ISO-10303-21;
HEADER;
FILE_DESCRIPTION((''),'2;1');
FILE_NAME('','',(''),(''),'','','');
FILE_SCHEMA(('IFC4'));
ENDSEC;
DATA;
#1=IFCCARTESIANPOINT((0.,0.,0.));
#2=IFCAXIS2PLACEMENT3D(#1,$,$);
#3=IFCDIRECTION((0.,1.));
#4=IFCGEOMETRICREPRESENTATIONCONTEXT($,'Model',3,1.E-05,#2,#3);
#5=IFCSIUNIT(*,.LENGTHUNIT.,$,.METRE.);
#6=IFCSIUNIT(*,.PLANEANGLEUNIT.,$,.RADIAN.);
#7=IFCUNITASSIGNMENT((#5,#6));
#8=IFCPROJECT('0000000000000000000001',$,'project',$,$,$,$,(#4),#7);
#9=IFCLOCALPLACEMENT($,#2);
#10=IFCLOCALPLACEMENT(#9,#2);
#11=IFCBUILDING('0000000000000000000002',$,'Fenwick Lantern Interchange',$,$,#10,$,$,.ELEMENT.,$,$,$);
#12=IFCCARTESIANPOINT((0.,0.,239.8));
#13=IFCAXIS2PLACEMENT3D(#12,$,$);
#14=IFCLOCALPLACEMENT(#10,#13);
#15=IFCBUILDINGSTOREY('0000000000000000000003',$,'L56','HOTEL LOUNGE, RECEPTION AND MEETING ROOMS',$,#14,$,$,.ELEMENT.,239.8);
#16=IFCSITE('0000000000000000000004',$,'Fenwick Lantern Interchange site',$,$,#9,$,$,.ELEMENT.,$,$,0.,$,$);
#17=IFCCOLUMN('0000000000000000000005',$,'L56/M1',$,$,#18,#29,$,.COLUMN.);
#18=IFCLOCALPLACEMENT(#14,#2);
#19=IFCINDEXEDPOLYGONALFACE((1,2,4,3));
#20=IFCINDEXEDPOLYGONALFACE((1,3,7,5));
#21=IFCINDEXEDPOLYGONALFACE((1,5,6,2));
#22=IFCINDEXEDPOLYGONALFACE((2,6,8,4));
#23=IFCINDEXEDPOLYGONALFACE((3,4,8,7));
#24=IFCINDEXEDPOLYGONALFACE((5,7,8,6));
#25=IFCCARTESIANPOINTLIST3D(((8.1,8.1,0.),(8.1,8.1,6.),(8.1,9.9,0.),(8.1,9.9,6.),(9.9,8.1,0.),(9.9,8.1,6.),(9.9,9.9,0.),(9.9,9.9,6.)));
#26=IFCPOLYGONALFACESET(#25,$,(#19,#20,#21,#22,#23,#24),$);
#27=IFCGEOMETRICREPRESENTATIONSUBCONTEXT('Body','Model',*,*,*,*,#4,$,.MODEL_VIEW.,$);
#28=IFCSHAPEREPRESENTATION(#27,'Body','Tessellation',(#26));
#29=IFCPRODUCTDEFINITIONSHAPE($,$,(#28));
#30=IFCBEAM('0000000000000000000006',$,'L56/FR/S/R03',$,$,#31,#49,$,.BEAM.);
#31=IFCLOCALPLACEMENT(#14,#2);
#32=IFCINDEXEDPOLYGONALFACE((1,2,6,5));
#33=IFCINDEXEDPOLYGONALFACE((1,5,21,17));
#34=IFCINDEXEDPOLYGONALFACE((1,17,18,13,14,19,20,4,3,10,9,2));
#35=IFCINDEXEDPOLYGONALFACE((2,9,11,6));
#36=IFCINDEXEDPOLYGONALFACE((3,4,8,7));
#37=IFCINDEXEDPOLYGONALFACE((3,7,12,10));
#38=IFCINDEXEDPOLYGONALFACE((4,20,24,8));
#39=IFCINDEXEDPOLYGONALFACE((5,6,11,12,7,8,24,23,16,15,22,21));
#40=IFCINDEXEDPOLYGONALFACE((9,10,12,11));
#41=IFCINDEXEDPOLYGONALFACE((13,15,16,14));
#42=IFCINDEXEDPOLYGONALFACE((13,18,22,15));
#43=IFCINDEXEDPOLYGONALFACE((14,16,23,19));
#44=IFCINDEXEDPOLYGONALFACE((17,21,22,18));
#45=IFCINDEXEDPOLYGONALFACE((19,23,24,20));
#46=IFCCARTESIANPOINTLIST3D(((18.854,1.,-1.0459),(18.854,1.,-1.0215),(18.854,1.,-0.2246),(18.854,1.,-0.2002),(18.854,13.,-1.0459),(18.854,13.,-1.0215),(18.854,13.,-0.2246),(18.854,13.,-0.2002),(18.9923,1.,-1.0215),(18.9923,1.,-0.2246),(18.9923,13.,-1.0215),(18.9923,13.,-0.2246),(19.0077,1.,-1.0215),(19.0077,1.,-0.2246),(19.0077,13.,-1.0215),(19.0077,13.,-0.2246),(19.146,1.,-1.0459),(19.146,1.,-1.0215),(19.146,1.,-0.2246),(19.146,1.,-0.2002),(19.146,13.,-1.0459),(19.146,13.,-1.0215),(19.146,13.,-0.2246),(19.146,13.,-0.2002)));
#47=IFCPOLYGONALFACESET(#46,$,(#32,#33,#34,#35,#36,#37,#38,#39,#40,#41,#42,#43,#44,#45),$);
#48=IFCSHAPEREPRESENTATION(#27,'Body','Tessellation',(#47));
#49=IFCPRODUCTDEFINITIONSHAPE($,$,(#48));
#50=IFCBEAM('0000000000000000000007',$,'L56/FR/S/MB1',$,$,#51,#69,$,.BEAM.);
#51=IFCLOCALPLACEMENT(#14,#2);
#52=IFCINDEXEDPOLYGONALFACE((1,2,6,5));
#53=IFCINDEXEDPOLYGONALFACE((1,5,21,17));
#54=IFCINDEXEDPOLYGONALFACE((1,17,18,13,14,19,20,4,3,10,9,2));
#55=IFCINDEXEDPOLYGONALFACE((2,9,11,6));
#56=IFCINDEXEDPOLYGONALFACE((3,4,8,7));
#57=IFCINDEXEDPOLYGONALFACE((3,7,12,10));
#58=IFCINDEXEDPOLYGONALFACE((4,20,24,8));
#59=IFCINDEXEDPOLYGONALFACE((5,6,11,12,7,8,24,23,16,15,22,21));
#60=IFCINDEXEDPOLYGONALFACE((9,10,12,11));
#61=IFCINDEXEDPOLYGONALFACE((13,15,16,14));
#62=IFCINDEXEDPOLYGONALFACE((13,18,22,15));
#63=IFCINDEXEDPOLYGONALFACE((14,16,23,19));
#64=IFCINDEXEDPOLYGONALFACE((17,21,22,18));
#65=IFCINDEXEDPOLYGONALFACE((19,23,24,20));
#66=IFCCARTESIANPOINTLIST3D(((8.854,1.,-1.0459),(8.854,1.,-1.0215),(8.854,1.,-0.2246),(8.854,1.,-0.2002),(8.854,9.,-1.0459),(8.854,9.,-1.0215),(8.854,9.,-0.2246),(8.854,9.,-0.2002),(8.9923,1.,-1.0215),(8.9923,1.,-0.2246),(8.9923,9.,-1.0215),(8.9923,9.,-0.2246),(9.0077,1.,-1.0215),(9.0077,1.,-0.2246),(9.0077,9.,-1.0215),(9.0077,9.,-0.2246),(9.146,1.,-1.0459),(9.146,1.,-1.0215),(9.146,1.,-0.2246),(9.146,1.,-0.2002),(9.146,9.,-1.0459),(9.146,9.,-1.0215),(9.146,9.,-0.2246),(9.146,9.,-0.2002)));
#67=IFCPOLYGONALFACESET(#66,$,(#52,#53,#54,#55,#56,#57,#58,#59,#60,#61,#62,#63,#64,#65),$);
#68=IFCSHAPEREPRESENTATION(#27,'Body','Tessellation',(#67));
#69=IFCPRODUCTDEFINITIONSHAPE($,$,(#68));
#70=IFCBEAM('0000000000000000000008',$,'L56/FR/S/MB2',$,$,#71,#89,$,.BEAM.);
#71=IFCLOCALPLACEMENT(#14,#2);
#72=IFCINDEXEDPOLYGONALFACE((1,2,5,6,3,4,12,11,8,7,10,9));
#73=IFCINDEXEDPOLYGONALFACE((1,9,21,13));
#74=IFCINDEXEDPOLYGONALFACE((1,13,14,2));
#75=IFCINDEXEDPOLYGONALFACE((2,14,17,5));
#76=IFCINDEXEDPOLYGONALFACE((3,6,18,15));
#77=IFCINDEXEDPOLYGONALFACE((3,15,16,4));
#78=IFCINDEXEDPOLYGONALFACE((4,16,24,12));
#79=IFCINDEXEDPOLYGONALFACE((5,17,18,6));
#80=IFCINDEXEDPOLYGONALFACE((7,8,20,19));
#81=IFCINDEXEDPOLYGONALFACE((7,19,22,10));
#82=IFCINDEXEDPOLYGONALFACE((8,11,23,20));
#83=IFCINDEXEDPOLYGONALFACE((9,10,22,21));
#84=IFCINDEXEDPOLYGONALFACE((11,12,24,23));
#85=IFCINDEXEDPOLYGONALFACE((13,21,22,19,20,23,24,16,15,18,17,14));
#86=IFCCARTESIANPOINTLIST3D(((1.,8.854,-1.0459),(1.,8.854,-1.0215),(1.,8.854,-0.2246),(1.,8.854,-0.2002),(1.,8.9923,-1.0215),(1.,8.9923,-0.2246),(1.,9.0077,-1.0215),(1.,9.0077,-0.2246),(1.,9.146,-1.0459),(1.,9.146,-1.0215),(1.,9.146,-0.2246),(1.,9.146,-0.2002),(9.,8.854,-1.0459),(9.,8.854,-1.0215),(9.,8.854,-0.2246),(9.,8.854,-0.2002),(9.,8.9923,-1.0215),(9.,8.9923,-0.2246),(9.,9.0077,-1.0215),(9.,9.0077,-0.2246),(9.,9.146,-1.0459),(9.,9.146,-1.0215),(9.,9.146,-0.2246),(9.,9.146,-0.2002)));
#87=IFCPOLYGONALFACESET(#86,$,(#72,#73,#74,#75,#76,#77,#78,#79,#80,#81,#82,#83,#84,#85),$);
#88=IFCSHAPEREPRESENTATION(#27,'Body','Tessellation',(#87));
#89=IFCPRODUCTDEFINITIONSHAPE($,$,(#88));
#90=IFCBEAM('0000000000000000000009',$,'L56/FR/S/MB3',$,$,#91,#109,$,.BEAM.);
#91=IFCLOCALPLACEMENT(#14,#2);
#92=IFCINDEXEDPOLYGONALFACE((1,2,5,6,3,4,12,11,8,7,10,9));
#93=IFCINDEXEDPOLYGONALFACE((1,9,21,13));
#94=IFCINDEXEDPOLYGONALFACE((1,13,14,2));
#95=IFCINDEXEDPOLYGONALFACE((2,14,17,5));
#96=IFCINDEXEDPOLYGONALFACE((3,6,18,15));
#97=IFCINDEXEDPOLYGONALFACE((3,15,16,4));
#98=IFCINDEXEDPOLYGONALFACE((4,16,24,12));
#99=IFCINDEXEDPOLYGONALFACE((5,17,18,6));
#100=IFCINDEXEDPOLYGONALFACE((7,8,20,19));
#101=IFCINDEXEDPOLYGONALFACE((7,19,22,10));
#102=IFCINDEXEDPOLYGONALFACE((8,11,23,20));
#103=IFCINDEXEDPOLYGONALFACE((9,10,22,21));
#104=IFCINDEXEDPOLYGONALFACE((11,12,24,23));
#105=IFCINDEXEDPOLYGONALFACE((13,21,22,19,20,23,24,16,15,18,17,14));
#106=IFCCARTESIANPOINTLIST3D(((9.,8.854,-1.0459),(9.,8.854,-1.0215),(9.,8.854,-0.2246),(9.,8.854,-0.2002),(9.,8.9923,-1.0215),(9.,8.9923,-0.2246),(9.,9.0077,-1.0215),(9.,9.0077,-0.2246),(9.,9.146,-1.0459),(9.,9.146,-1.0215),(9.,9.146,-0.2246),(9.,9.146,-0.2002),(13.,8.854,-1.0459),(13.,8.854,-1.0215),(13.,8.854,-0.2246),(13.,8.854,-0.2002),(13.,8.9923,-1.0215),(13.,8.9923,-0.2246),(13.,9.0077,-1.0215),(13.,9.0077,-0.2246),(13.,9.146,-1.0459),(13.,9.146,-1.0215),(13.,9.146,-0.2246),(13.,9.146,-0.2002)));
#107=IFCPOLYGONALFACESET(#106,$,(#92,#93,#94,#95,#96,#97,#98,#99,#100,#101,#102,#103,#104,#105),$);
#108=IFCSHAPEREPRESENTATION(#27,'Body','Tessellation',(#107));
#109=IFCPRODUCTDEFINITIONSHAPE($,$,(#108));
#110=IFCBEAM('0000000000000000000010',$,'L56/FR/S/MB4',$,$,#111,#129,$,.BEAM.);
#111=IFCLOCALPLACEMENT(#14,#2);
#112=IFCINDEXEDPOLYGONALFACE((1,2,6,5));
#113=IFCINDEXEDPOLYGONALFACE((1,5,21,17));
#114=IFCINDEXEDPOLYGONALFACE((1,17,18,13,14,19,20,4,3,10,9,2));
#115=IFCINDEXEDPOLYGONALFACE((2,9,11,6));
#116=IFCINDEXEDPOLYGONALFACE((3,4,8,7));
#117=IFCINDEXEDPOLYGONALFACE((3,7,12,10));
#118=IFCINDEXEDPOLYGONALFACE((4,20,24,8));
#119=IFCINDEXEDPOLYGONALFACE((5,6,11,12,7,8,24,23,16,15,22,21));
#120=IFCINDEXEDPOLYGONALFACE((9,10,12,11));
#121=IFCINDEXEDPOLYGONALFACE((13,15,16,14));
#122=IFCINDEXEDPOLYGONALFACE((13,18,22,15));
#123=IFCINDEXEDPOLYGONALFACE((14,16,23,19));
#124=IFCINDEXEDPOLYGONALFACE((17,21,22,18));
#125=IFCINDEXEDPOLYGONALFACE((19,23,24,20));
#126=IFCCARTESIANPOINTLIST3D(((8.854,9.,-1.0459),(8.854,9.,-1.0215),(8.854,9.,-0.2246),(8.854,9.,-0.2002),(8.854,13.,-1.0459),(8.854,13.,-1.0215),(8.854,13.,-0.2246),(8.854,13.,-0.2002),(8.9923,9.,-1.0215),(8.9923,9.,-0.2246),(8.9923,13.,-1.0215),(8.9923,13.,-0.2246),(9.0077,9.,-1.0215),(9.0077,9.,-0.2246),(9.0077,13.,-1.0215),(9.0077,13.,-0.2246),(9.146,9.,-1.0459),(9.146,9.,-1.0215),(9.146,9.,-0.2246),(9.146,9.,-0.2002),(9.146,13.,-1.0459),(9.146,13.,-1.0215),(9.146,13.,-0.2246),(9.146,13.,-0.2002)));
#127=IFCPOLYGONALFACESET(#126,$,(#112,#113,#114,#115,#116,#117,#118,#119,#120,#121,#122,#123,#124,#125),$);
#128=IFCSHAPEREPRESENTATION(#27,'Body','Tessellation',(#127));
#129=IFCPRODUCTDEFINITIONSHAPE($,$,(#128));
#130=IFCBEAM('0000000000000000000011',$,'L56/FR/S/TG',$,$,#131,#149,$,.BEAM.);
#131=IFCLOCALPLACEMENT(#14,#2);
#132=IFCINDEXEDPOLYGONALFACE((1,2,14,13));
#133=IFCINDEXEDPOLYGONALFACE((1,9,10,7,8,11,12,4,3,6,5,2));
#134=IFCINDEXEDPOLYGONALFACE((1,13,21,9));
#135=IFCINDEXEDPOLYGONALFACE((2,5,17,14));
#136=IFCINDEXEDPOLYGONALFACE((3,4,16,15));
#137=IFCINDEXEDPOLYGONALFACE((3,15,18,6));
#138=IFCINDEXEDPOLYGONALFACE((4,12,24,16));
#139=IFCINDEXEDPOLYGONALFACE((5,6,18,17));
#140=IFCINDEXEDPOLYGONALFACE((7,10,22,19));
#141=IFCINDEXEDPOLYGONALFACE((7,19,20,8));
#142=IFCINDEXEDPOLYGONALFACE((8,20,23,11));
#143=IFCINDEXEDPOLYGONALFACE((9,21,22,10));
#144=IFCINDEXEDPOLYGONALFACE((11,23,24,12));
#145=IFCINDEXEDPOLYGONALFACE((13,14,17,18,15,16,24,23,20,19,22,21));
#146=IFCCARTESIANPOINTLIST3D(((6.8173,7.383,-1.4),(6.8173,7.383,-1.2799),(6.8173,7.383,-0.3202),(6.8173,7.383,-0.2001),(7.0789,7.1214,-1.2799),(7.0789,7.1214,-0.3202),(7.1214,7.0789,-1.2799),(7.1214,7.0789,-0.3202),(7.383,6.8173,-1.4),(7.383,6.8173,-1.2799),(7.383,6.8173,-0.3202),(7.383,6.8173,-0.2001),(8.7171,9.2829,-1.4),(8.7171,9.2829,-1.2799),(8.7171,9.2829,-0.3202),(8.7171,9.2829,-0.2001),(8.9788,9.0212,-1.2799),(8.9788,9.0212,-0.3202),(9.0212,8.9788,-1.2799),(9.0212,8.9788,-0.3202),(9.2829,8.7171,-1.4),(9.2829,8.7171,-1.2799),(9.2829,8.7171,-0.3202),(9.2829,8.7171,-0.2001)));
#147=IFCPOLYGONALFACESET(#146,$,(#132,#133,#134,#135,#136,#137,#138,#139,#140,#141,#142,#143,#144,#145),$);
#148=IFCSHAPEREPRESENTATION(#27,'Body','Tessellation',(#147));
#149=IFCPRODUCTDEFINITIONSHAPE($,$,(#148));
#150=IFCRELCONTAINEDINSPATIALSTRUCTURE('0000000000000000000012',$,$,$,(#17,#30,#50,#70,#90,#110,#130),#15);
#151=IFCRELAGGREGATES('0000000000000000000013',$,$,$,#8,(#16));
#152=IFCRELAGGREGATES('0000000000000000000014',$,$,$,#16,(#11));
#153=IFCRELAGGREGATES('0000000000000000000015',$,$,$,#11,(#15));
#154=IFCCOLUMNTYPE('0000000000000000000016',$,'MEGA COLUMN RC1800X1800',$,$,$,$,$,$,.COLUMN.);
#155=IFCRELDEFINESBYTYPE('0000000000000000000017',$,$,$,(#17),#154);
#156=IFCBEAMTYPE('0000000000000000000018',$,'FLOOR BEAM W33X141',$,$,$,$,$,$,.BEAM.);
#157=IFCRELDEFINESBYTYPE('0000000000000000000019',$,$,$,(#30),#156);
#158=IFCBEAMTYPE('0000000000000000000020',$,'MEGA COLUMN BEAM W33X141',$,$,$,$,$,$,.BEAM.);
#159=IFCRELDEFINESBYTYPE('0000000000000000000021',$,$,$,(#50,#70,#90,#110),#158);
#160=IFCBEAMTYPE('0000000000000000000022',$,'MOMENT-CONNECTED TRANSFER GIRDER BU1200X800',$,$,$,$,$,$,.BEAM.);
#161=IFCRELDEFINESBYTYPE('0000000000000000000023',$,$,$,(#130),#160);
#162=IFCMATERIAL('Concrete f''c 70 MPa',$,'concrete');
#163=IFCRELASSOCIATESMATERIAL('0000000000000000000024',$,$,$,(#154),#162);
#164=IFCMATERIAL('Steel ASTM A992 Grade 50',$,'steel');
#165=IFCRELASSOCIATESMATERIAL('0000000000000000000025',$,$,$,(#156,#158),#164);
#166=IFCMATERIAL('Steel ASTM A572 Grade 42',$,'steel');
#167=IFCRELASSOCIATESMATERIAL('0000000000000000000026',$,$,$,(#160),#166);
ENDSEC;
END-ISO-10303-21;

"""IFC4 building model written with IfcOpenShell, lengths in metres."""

from ifc_helpers import new_model, si_unit, direction, frame, origin, origin_2d, place, context, subcontext, project, spatial, rectangle, i_section, extrude, material, material_profile, profile_set, type_object, element, save


model = new_model("IFC4")

# Units and contexts
model_context = context("Model", 3, precision=1e-05, world=origin(), true_north=direction((0.0, 1.0)))
body_context = subcontext(model_context, "Body", "Model", "MODEL_VIEW")
ifc_project = project(units=[si_unit("LENGTHUNIT", "METRE"), si_unit("PLANEANGLEUNIT", "RADIAN")], contexts=[model_context])

# Site, building, storey
site_placement = place(None, origin())
site = spatial("IfcSite", under=ifc_project, at=site_placement, Name="Fenwick Lantern Interchange site", CompositionType="ELEMENT", RefElevation=0.0)
building_placement = place(site_placement, origin())
building = spatial("IfcBuilding", under=site, at=building_placement, Name="Fenwick Lantern Interchange", CompositionType="ELEMENT")
storey_placement = place(building_placement, frame((0.0, 0.0, 239.8)))
storey = spatial("IfcBuildingStorey", under=building, at=storey_placement, Name="L56", Description="HOTEL LOUNGE, RECEPTION AND MEETING ROOMS", CompositionType="ELEMENT", Elevation=239.8)

# Column
ifc_material_1 = material(Name="Concrete f'c 70 MPa", Category="concrete")
ifc_material_profile_1 = material_profile(ifc_material_1, rectangle(XDim=1.8, YDim=1.8, at=origin_2d()), Name="RC1800X1800")
ifc_profile_set_1 = profile_set([ifc_material_profile_1], Name="Concrete f'c 70 MPa")
column_type = type_object("IfcColumnType", Name="MEGA COLUMN RC1800X1800", PredefinedType="COLUMN", material=ifc_profile_set_1)
column_placement = place(storey_placement, frame((9.0, 9.0, 0.0), z_axis=(0.0, 0.0, 1.0), x_axis=(1.0, 0.0, 0.0)))
element("IfcColumn", 1, at=column_placement, inside=storey, type_object=column_type, Name="L56/M1", PredefinedType="COLUMN", context=body_context, shape_type="SweptSolid", body=[
    extrude(rectangle(XDim=1.8, YDim=1.8, at=origin_2d()), origin(), (0.0, 0.0, 1.0), 6.0),
])

# Beams
ifc_material_2 = material(Name="Steel ASTM A992 Grade 50", Category="steel")
ifc_material_profile_2 = material_profile(ifc_material_2, i_section(OverallWidth=0.292, OverallDepth=0.8457, WebThickness=0.0154, FlangeThickness=0.0244, at=origin_2d()), Name="W33X141")
ifc_profile_set_2 = profile_set([ifc_material_profile_2], Name="Steel ASTM A992 Grade 50")
beam_type_1 = type_object("IfcBeamType", Name="FLOOR BEAM W33X141", PredefinedType="BEAM", material=ifc_profile_set_2)
beam_1_placement = place(storey_placement, frame((19.0, 1.0, -0.623), z_axis=(0.0, 1.0, 0.0), x_axis=(-1.0, 0.0, 0.0)))
element("IfcBeam", 2, at=beam_1_placement, inside=storey, type_object=beam_type_1, Name="L56/FR/S/R03", PredefinedType="BEAM", context=body_context, shape_type="SweptSolid", body=[
    extrude(i_section(OverallWidth=0.292, OverallDepth=0.8457, WebThickness=0.0154, FlangeThickness=0.0244, at=origin_2d()), origin(), (0.0, 0.0, 1.0), 12.0),
])
ifc_material_profile_3 = material_profile(ifc_material_2, i_section(OverallWidth=0.292, OverallDepth=0.8457, WebThickness=0.0154, FlangeThickness=0.0244, at=origin_2d()), Name="W33X141")
ifc_profile_set_3 = profile_set([ifc_material_profile_3], Name="Steel ASTM A992 Grade 50")
beam_type_2 = type_object("IfcBeamType", Name="MEGA COLUMN BEAM W33X141", PredefinedType="BEAM", material=ifc_profile_set_3)
for number, where, z_axis, x_axis, name in (
    (3, (9.0, 9.0, -0.623), (0.0, -1.0, 0.0), (1.0, 0.0, 0.0), "L56/FR/S/MB1"),
    (4, (9.0, 9.0, -0.623), (-1.0, 0.0, 0.0), (0.0, -1.0, 0.0), "L56/FR/S/MB2"),
):
    element("IfcBeam", number, at=place(storey_placement, frame(where, z_axis=z_axis, x_axis=x_axis)), inside=storey, type_object=beam_type_2, Name=name, PredefinedType="BEAM", context=body_context, shape_type="SweptSolid", body=[
        extrude(i_section(OverallWidth=0.292, OverallDepth=0.8457, WebThickness=0.0154, FlangeThickness=0.0244, at=origin_2d()), origin(), (0.0, 0.0, 1.0), 8.0),
    ])
for number, where, z_axis, x_axis, name in (
    (5, (9.0, 9.0, -0.623), (1.0, 0.0, 0.0), (0.0, 1.0, 0.0), "L56/FR/S/MB3"),
    (6, (9.0, 9.0, -0.623), (0.0, 1.0, 0.0), (-1.0, 0.0, 0.0), "L56/FR/S/MB4"),
):
    element("IfcBeam", number, at=place(storey_placement, frame(where, z_axis=z_axis, x_axis=x_axis)), inside=storey, type_object=beam_type_2, Name=name, PredefinedType="BEAM", context=body_context, shape_type="SweptSolid", body=[
        extrude(i_section(OverallWidth=0.292, OverallDepth=0.8457, WebThickness=0.0154, FlangeThickness=0.0244, at=origin_2d()), origin(), (0.0, 0.0, 1.0), 4.0),
    ])
ifc_material_3 = material(Name="Steel ASTM A572 Grade 42", Category="steel")
ifc_material_profile_4 = material_profile(ifc_material_3, i_section(OverallWidth=0.8, OverallDepth=1.2, WebThickness=0.0601, FlangeThickness=0.1201, at=origin_2d()), Name="BU1200X800")
ifc_profile_set_4 = profile_set([ifc_material_profile_4], Name="Steel ASTM A572 Grade 42")
beam_type_3 = type_object("IfcBeamType", Name="MOMENT-CONNECTED TRANSFER GIRDER BU1200X800", PredefinedType="BEAM", material=ifc_profile_set_4)
beam_2_placement = place(storey_placement, frame((9.0, 9.0, -0.8), z_axis=(-0.707107, -0.707107, 0.0), x_axis=(0.707107, -0.707107, 0.0)))
element("IfcBeam", 7, at=beam_2_placement, inside=storey, type_object=beam_type_3, Name="L56/FR/S/TG", PredefinedType="BEAM", context=body_context, shape_type="SweptSolid", body=[
    extrude(i_section(OverallWidth=0.8, OverallDepth=1.2, WebThickness=0.0601, FlangeThickness=0.1201, at=origin_2d()), origin(), (0.0, 0.0, 1.0), 2.6868),
])

save(model, "model.ifc")
